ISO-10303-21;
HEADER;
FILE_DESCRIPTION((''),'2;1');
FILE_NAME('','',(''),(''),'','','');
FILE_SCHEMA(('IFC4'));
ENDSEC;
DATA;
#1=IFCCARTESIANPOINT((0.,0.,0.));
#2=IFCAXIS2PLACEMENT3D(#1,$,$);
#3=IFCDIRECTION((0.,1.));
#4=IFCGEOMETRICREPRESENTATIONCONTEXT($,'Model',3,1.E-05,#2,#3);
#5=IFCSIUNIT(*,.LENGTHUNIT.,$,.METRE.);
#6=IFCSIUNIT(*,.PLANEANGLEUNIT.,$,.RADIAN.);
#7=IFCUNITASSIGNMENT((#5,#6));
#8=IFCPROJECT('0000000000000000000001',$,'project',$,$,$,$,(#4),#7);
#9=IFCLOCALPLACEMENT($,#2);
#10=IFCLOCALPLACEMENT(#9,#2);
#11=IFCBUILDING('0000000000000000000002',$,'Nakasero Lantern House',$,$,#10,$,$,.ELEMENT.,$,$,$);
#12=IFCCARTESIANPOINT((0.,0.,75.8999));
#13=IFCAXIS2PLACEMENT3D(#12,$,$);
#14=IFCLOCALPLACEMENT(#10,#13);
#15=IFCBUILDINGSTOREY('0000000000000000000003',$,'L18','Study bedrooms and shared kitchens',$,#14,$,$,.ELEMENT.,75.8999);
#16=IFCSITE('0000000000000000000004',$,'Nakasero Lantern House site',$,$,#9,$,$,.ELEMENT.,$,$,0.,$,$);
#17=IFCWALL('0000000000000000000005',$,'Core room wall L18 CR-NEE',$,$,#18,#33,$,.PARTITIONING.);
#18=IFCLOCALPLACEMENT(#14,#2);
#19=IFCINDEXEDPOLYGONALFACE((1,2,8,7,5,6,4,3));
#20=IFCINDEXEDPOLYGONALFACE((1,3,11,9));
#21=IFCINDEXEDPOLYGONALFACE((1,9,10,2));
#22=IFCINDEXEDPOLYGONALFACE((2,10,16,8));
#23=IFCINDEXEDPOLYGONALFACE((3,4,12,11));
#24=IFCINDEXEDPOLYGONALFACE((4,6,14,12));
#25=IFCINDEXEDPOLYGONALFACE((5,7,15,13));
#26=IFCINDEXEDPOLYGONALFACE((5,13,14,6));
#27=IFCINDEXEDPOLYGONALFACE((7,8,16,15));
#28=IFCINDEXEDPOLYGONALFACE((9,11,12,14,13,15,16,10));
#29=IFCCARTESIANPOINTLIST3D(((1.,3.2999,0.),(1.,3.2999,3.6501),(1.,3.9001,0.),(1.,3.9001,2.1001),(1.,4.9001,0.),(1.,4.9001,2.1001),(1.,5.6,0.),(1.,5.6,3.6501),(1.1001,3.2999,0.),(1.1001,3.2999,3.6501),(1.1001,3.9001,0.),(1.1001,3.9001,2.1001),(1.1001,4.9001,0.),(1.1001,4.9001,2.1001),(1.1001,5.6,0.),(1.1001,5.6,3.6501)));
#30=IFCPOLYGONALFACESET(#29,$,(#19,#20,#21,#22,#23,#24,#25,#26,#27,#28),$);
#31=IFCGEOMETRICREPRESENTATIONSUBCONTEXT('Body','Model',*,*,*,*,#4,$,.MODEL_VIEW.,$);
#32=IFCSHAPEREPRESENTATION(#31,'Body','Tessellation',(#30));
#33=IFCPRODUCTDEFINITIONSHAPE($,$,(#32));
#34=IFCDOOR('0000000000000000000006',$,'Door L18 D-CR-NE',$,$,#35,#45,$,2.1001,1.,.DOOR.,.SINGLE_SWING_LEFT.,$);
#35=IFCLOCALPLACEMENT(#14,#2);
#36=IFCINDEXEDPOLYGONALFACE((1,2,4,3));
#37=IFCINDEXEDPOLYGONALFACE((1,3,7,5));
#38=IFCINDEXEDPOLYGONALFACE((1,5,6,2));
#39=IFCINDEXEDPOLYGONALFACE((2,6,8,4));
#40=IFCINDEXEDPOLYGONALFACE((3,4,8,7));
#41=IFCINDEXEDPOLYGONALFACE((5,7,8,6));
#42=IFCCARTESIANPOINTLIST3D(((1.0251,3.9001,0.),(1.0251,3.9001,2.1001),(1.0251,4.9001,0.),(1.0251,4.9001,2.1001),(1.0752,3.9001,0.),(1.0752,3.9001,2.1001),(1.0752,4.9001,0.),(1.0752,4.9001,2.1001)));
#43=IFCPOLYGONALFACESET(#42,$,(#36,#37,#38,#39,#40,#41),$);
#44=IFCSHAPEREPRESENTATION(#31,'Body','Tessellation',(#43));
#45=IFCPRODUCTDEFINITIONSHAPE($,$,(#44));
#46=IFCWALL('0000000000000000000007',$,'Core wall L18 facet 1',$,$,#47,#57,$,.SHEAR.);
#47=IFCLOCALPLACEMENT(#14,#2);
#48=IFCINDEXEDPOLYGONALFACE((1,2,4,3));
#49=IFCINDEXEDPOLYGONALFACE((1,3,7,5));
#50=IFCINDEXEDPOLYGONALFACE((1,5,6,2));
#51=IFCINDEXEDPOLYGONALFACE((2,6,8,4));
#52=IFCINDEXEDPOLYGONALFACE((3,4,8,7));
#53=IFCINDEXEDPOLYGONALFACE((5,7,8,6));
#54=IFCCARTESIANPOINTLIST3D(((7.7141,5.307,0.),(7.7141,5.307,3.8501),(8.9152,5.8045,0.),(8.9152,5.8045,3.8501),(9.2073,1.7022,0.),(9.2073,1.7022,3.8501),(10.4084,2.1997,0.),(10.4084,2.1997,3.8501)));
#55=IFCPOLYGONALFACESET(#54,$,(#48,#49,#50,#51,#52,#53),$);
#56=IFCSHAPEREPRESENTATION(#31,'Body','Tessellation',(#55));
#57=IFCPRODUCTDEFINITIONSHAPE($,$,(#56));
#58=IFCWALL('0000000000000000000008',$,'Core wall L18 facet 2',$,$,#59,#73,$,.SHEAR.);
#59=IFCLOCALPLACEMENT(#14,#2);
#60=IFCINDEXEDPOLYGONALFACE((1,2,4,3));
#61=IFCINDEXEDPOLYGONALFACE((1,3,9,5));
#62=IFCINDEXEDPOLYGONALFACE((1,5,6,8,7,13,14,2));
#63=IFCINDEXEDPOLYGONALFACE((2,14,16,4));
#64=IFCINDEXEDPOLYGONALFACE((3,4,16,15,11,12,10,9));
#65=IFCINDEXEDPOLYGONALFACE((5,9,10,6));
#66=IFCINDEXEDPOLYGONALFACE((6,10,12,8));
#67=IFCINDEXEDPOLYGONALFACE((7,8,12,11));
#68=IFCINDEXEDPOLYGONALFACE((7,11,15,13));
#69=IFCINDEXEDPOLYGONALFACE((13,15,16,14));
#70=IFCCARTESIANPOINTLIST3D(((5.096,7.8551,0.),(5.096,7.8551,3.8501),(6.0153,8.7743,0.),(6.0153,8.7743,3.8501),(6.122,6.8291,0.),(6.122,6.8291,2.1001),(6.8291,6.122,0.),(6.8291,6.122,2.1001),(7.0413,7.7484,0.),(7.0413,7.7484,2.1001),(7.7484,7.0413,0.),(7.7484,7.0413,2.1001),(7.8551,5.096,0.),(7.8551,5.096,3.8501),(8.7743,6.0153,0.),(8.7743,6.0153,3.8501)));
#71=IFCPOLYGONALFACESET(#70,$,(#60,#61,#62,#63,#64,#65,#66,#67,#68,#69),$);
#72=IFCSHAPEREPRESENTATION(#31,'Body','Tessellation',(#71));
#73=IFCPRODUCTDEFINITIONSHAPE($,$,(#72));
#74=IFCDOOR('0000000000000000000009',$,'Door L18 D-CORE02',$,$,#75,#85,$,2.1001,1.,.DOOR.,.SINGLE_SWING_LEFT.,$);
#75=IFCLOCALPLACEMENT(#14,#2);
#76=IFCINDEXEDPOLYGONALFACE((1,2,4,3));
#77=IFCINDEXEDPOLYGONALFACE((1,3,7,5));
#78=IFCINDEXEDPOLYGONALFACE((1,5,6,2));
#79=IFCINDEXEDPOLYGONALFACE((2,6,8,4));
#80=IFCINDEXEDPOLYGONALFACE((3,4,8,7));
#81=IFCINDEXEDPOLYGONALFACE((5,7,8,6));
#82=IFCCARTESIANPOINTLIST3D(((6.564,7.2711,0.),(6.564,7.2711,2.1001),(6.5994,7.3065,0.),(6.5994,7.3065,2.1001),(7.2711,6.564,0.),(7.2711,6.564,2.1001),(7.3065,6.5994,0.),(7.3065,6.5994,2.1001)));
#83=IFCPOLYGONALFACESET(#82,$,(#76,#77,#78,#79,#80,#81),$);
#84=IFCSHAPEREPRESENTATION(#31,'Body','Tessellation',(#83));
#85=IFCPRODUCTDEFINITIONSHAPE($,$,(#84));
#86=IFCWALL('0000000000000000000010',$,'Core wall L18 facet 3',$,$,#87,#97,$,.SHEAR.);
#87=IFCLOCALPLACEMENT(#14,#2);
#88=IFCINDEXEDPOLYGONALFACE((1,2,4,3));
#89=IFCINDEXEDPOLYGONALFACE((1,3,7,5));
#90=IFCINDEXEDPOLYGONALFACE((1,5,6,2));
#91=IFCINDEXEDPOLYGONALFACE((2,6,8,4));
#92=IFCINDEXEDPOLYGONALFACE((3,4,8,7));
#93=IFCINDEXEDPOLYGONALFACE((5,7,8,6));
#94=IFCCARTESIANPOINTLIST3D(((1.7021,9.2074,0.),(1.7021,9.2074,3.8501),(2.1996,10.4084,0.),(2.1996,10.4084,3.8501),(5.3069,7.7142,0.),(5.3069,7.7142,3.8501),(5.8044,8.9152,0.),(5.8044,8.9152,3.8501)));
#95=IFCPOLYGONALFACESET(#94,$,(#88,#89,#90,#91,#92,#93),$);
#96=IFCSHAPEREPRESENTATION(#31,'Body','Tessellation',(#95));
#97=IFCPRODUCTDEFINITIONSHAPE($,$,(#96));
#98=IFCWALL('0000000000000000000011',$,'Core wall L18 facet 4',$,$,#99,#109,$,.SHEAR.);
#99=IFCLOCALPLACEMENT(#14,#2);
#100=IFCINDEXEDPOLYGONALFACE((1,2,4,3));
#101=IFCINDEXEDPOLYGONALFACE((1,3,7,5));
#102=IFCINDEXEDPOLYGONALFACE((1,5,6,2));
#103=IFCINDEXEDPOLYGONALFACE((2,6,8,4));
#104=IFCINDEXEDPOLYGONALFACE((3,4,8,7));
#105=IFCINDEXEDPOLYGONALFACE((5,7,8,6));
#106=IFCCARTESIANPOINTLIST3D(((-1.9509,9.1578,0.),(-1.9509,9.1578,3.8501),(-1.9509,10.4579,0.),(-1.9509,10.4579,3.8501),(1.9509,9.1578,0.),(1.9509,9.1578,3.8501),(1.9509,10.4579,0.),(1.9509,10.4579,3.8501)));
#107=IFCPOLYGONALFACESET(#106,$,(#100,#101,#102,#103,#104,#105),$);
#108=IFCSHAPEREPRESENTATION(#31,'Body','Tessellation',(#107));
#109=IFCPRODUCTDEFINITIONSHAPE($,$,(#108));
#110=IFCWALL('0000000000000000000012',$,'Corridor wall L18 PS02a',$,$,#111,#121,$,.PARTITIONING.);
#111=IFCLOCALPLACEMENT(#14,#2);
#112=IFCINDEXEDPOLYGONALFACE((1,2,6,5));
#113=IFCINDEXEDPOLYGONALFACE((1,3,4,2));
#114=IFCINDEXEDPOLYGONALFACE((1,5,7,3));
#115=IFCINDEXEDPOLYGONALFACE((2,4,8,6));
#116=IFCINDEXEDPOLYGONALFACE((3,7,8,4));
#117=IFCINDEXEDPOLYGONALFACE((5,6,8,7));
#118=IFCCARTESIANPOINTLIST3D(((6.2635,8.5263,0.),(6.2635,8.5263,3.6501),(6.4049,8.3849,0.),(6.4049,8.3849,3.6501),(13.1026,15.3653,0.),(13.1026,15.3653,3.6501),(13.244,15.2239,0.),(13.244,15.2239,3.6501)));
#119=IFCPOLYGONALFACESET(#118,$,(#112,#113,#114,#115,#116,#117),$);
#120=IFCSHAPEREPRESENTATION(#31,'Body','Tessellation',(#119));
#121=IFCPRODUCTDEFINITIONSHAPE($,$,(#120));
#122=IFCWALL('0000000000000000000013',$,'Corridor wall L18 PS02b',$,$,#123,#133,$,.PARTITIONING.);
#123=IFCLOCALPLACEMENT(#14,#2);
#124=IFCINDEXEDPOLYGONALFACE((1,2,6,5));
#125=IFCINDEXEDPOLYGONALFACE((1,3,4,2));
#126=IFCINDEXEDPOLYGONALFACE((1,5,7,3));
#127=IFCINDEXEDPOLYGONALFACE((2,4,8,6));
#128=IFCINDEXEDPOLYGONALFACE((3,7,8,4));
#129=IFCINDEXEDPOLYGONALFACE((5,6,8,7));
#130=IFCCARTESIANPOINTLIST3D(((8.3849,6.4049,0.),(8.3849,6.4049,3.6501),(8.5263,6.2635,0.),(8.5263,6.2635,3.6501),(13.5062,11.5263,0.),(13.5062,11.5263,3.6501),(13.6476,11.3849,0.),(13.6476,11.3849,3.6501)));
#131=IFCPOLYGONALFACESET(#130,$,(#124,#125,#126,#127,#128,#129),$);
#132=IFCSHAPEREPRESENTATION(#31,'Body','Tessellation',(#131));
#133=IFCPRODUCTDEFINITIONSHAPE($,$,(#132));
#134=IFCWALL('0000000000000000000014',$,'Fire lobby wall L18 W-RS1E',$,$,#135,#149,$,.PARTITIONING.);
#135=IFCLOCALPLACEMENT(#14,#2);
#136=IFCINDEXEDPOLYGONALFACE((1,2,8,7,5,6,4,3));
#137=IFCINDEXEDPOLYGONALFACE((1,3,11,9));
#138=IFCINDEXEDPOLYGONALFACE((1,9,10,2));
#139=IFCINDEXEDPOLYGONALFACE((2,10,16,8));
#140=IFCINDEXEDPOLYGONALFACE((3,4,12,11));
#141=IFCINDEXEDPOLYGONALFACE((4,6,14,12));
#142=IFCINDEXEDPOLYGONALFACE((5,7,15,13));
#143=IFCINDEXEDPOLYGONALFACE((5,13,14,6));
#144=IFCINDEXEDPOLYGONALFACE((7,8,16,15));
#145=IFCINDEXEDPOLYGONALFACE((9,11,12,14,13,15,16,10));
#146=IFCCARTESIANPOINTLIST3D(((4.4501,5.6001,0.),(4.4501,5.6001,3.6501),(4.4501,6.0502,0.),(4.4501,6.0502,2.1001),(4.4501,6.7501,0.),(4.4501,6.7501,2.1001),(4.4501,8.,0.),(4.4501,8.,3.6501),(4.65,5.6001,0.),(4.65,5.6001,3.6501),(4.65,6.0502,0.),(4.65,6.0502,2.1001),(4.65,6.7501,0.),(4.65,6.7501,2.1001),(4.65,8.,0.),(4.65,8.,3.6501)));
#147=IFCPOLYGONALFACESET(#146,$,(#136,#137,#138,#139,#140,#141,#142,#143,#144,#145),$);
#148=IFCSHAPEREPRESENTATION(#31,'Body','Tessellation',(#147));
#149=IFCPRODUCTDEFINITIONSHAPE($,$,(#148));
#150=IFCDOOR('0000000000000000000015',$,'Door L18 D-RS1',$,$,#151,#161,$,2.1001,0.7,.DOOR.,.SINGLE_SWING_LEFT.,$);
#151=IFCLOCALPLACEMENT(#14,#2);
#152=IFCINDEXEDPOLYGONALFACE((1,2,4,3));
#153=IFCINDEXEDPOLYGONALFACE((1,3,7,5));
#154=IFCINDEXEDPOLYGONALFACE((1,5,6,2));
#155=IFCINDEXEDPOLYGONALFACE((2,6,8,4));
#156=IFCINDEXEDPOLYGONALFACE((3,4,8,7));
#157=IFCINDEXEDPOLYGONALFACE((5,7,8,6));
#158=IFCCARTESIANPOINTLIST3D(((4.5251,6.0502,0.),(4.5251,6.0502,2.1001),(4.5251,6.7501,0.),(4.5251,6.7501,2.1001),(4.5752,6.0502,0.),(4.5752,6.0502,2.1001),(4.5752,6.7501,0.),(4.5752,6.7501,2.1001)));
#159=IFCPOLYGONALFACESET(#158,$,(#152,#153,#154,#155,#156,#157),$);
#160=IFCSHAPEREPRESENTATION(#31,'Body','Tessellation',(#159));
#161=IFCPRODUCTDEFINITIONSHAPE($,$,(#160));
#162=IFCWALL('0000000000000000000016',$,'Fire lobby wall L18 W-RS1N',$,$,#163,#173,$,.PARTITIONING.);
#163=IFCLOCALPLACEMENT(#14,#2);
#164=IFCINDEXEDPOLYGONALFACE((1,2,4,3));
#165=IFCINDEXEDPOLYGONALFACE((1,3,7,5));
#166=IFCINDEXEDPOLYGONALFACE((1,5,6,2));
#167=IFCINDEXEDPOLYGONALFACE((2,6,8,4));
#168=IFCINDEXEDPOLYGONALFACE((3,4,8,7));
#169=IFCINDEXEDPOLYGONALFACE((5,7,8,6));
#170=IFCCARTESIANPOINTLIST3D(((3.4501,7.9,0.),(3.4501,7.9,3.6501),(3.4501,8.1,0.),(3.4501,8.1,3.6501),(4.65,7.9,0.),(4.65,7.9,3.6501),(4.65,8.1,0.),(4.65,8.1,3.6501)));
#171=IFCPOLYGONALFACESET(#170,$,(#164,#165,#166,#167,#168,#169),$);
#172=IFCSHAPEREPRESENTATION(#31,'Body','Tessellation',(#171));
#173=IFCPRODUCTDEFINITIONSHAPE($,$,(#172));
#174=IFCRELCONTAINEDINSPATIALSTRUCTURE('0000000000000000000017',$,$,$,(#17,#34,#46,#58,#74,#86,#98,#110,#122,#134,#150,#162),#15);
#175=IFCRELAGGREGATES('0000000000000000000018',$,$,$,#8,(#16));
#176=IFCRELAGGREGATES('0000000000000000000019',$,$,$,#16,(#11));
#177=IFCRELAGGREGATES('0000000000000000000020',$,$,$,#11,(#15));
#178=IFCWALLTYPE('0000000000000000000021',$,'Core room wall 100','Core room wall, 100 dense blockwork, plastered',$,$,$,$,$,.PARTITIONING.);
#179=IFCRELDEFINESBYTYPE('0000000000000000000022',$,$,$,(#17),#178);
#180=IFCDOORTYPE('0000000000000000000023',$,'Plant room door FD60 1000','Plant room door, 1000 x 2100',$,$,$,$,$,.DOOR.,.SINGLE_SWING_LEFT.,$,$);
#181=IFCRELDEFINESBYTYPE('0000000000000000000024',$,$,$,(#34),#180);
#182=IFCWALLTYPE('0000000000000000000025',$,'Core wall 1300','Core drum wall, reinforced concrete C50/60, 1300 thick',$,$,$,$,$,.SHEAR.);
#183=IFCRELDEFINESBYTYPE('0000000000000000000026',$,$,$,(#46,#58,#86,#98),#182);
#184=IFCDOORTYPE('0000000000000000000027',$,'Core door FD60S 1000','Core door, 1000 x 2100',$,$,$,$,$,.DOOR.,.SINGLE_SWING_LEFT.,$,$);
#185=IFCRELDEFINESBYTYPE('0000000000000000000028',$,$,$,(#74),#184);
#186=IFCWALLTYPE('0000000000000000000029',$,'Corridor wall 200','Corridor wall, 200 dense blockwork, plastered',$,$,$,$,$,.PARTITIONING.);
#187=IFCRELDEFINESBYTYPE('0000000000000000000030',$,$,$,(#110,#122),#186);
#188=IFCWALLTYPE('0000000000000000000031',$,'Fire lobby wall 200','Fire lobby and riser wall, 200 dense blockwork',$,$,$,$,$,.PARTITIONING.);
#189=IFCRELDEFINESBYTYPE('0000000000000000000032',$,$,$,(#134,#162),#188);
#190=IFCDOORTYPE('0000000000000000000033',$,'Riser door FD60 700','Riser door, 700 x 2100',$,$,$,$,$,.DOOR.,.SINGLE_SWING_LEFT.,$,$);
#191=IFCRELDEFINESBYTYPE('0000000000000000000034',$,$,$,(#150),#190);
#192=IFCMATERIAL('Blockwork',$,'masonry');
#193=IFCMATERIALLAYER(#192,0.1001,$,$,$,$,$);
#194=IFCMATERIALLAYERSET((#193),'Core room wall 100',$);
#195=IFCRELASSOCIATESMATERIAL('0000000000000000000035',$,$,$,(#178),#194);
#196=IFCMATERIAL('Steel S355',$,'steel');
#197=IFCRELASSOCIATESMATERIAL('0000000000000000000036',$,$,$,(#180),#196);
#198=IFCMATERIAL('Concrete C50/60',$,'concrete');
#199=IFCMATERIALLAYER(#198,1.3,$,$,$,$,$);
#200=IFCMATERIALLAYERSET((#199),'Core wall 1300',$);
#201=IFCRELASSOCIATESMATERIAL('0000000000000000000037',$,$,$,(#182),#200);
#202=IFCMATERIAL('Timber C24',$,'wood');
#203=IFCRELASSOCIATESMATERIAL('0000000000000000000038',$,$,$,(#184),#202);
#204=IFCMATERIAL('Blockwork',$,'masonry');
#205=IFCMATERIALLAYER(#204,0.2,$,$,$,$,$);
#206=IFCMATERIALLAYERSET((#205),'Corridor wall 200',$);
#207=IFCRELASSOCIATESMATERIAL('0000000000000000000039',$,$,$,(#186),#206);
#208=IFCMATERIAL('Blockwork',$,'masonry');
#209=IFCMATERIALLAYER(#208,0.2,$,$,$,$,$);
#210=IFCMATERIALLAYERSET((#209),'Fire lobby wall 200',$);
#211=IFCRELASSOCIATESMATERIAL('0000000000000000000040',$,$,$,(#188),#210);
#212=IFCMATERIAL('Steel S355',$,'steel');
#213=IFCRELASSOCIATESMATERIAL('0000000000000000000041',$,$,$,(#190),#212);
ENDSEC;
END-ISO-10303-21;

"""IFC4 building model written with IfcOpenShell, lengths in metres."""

from ifc_helpers import new_model, si_unit, direction, frame, frame_2d, origin, place, context, subcontext, project, spatial, rectangle, extrude, material, layer, layer_set, type_object, element, fill, save


model = new_model("IFC4")

# Units and contexts
model_context = context("Model", 3, precision=1e-05, world=origin(), true_north=direction((0.0, 1.0)))
body_context = subcontext(model_context, "Body", "Model", "MODEL_VIEW")
ifc_project = project(units=[si_unit("LENGTHUNIT", "METRE"), si_unit("PLANEANGLEUNIT", "RADIAN")], contexts=[model_context])

# Site, building, storey
site_placement = place(None, origin())
site = spatial("IfcSite", under=ifc_project, at=site_placement, Name="Nakasero Lantern House site", CompositionType="ELEMENT", RefElevation=0.0)
building_placement = place(site_placement, origin())
building = spatial("IfcBuilding", under=site, at=building_placement, Name="Nakasero Lantern House", CompositionType="ELEMENT")
storey_placement = place(building_placement, frame((0.0, 0.0, 75.8999)))
storey = spatial("IfcBuildingStorey", under=building, at=storey_placement, Name="L18", Description="Study bedrooms and shared kitchens", CompositionType="ELEMENT", Elevation=75.8999)

# Wall, opening, door
ifc_material_1 = material(Name="Blockwork", Category="masonry")
ifc_layer_1 = layer(ifc_material_1, 0.1001)
ifc_layer_set_1 = layer_set([ifc_layer_1], Name="Core room wall 100")
wall_type_1 = type_object("IfcWallType", Name="Core room wall 100", Description="Core room wall, 100 dense blockwork, plastered", PredefinedType="PARTITIONING", material=ifc_layer_set_1)
wall_1_placement = place(storey_placement, frame((1.05, 3.3, 0.0), z_axis=(0.0, 0.0, 1.0), x_axis=(0.0, 1.0, 0.0)))
wall_1 = element("IfcWall", 1, at=wall_1_placement, inside=storey, type_object=wall_type_1, Name="Core room wall L18 CR-NEE", PredefinedType="PARTITIONING", context=body_context, shape_type="SweptSolid", body=[
    extrude(rectangle(XDim=2.3, YDim=0.1001, at=frame_2d((1.1499, 0.0))), origin(), (0.0, 0.0, 1.0), 3.6501),
])
opening_1_placement = place(wall_1_placement, frame((0.6001, 0.0, 0.0)))
opening_1 = element("IfcOpeningElement", 2, at=opening_1_placement, cuts=wall_1, PredefinedType="OPENING", context=body_context, shape_type="SweptSolid", body=[
    extrude(rectangle(XDim=1.0, YDim=2.1001, at=frame_2d((0.5, 1.05))), frame((0.0, 0.0701, 0.0), z_axis=(0.0, -1.0, 0.0), x_axis=(1.0, 0.0, 0.0)), (0.0, 0.0, 1.0), 0.1401),
])
ifc_material_2 = material(Name="Steel S355", Category="steel")
door_type_1 = type_object("IfcDoorType", Name="Plant room door FD60 1000", Description="Plant room door, 1000 x 2100", OperationType="SINGLE_SWING_LEFT", PredefinedType="DOOR", material=ifc_material_2)
door_1_placement = place(opening_1_placement, origin())
door_1 = element("IfcDoor", 3, at=door_1_placement, inside=storey, type_object=door_type_1, Name="Door L18 D-CR-NE", OperationType="SINGLE_SWING_LEFT", OverallHeight=2.1001, OverallWidth=1.0, PredefinedType="DOOR", context=body_context, shape_type="SweptSolid", body=[
    extrude(rectangle(XDim=1.0, YDim=2.1001, at=frame_2d((0.5, 1.05))), frame((0.0, 0.0249, 0.0), z_axis=(0.0, -1.0, 0.0), x_axis=(1.0, 0.0, 0.0)), (0.0, 0.0, 1.0), 0.05),
])
fill(opening_1, door_1)

# Wall
ifc_material_3 = material(Name="Concrete C50/60", Category="concrete")
ifc_layer_2 = layer(ifc_material_3, 1.3)
ifc_layer_set_2 = layer_set([ifc_layer_2], Name="Core wall 1300")
wall_type_2 = type_object("IfcWallType", Name="Core wall 1300", Description="Core drum wall, reinforced concrete C50/60, 1300 thick", PredefinedType="SHEAR", material=ifc_layer_set_2)
wall_2_placement = place(storey_placement, frame((9.8079, 1.9509, 0.0), z_axis=(0.0, 0.0, 1.0), x_axis=(-0.382691, 0.923877, 0.0)))
element("IfcWall", 4, at=wall_2_placement, inside=storey, type_object=wall_type_2, Name="Core wall L18 facet 1", PredefinedType="SHEAR", context=body_context, shape_type="SweptSolid", body=[
    extrude(rectangle(XDim=3.9019, YDim=1.3, at=frame_2d((1.9509, 0.0))), origin(), (0.0, 0.0, 1.0), 3.8501),
])

# Wall, opening, door
wall_3_placement = place(storey_placement, frame((8.3147, 5.5557, 0.0), z_axis=(0.0, 0.0, 1.0), x_axis=(-0.707107, 0.707107, 0.0)))
wall_3 = element("IfcWall", 5, at=wall_3_placement, inside=storey, type_object=wall_type_2, Name="Core wall L18 facet 2", PredefinedType="SHEAR", context=body_context, shape_type="SweptSolid", body=[
    extrude(rectangle(XDim=3.9019, YDim=1.3, at=frame_2d((1.9509, 0.0))), origin(), (0.0, 0.0, 1.0), 3.8501),
])
opening_2_placement = place(wall_3_placement, frame((1.4509, 0.0, 0.0)))
opening_2 = element("IfcOpeningElement", 6, at=opening_2_placement, cuts=wall_3, PredefinedType="OPENING", context=body_context, shape_type="SweptSolid", body=[
    extrude(rectangle(XDim=1.0, YDim=2.1001, at=frame_2d((0.5, 1.05))), frame((0.0, 0.6699, 0.0), z_axis=(0.0, -1.0, 0.0), x_axis=(1.0, 0.0, 0.0)), (0.0, 0.0, 1.0), 1.3401),
])
ifc_material_4 = material(Name="Timber C24", Category="wood")
door_type_2 = type_object("IfcDoorType", Name="Core door FD60S 1000", Description="Core door, 1000 x 2100", OperationType="SINGLE_SWING_LEFT", PredefinedType="DOOR", material=ifc_material_4)
door_2_placement = place(opening_2_placement, origin())
door_2 = element("IfcDoor", 7, at=door_2_placement, inside=storey, type_object=door_type_2, Name="Door L18 D-CORE02", OperationType="SINGLE_SWING_LEFT", OverallHeight=2.1001, OverallWidth=1.0, PredefinedType="DOOR", context=body_context, shape_type="SweptSolid", body=[
    extrude(rectangle(XDim=1.0, YDim=2.1001, at=frame_2d((0.5, 1.05))), frame((0.0, 0.0249, 0.0), z_axis=(0.0, -1.0, 0.0), x_axis=(1.0, 0.0, 0.0)), (0.0, 0.0, 1.0), 0.05),
])
fill(opening_2, door_2)

# Walls
for number, where, z_axis, x_axis, name in (
    (8, (5.5557, 8.3147, 0.0), (0.0, 0.0, 1.0), (-0.923877, 0.382691, 0.0), "Core wall L18 facet 3"),
    (9, (1.9509, 9.8079, 0.0), (0.0, 0.0, 1.0), (-1.0, 0.0, 0.0), "Core wall L18 facet 4"),
):
    element("IfcWall", number, at=place(storey_placement, frame(where, z_axis=z_axis, x_axis=x_axis)), inside=storey, type_object=wall_type_2, Name=name, PredefinedType="SHEAR", context=body_context, shape_type="SweptSolid", body=[
        extrude(rectangle(XDim=3.9019, YDim=1.3, at=frame_2d((1.9509, 0.0))), origin(), (0.0, 0.0, 1.0), 3.8501),
    ])
ifc_material_5 = material(Name="Blockwork", Category="masonry")
ifc_layer_3 = layer(ifc_material_5, 0.2)
ifc_layer_set_3 = layer_set([ifc_layer_3], Name="Corridor wall 200")
wall_type_3 = type_object("IfcWallType", Name="Corridor wall 200", Description="Corridor wall, 200 dense blockwork, plastered", PredefinedType="PARTITIONING", material=ifc_layer_set_3)
wall_4_placement = place(storey_placement, frame((6.3342, 8.4556, 0.0), z_axis=(0.0, 0.0, 1.0), x_axis=(0.707107, 0.707107, 0.0)))
element("IfcWall", 10, at=wall_4_placement, inside=storey, type_object=wall_type_3, Name="Corridor wall L18 PS02a", PredefinedType="PARTITIONING", context=body_context, shape_type="SweptSolid", body=[
    extrude(rectangle(XDim=9.6719, YDim=0.2, at=frame_2d((4.8359, 0.0))), origin(), (0.0, 0.0, 1.0), 3.6501),
])
wall_5_placement = place(storey_placement, frame((8.4556, 6.3342, 0.0), z_axis=(0.0, 0.0, 1.0), x_axis=(0.707107, 0.707107, 0.0)))
element("IfcWall", 11, at=wall_5_placement, inside=storey, type_object=wall_type_3, Name="Corridor wall L18 PS02b", PredefinedType="PARTITIONING", context=body_context, shape_type="SweptSolid", body=[
    extrude(rectangle(XDim=7.2427, YDim=0.2, at=frame_2d((3.6213, 0.0))), origin(), (0.0, 0.0, 1.0), 3.6501),
])

# Wall, opening, door
ifc_material_6 = material(Name="Blockwork", Category="masonry")
ifc_layer_4 = layer(ifc_material_6, 0.2)
ifc_layer_set_4 = layer_set([ifc_layer_4], Name="Fire lobby wall 200")
wall_type_4 = type_object("IfcWallType", Name="Fire lobby wall 200", Description="Fire lobby and riser wall, 200 dense blockwork", PredefinedType="PARTITIONING", material=ifc_layer_set_4)
wall_6_placement = place(storey_placement, frame((4.55, 5.6001, 0.0), z_axis=(0.0, 0.0, 1.0), x_axis=(0.0, 1.0, 0.0)))
wall_6 = element("IfcWall", 12, at=wall_6_placement, inside=storey, type_object=wall_type_4, Name="Fire lobby wall L18 W-RS1E", PredefinedType="PARTITIONING", context=body_context, shape_type="SweptSolid", body=[
    extrude(rectangle(XDim=2.3999, YDim=0.2, at=frame_2d((1.2, 0.0))), origin(), (0.0, 0.0, 1.0), 3.6501),
])
opening_3_placement = place(wall_6_placement, frame((0.45, 0.0, 0.0)))
opening_3 = element("IfcOpeningElement", 13, at=opening_3_placement, cuts=wall_6, PredefinedType="OPENING", context=body_context, shape_type="SweptSolid", body=[
    extrude(rectangle(XDim=0.7, YDim=2.1001, at=frame_2d((0.3501, 1.05))), frame((0.0, 0.1199, 0.0), z_axis=(0.0, -1.0, 0.0), x_axis=(1.0, 0.0, 0.0)), (0.0, 0.0, 1.0), 0.24),
])
ifc_material_7 = material(Name="Steel S355", Category="steel")
door_type_3 = type_object("IfcDoorType", Name="Riser door FD60 700", Description="Riser door, 700 x 2100", OperationType="SINGLE_SWING_LEFT", PredefinedType="DOOR", material=ifc_material_7)
door_3_placement = place(opening_3_placement, origin())
door_3 = element("IfcDoor", 14, at=door_3_placement, inside=storey, type_object=door_type_3, Name="Door L18 D-RS1", OperationType="SINGLE_SWING_LEFT", OverallHeight=2.1001, OverallWidth=0.7, PredefinedType="DOOR", context=body_context, shape_type="SweptSolid", body=[
    extrude(rectangle(XDim=0.7, YDim=2.1001, at=frame_2d((0.3501, 1.05))), frame((0.0, 0.0249, 0.0), z_axis=(0.0, -1.0, 0.0), x_axis=(1.0, 0.0, 0.0)), (0.0, 0.0, 1.0), 0.05),
])
fill(opening_3, door_3)

# Wall
for number, where, z_axis, x_axis, name in (
    (15, (3.45, 8.0, 0.0), (0.0, 0.0, 1.0), (1.0, 0.0, 0.0), "Fire lobby wall L18 W-RS1N"),
):
    element("IfcWall", number, at=place(storey_placement, frame(where, z_axis=z_axis, x_axis=x_axis)), inside=storey, type_object=wall_type_4, Name=name, PredefinedType="PARTITIONING", context=body_context, shape_type="SweptSolid", body=[
        extrude(rectangle(XDim=1.2, YDim=0.2, at=frame_2d((0.6001, 0.0))), origin(), (0.0, 0.0, 1.0), 3.6501),
    ])

save(model, "model.ifc")
